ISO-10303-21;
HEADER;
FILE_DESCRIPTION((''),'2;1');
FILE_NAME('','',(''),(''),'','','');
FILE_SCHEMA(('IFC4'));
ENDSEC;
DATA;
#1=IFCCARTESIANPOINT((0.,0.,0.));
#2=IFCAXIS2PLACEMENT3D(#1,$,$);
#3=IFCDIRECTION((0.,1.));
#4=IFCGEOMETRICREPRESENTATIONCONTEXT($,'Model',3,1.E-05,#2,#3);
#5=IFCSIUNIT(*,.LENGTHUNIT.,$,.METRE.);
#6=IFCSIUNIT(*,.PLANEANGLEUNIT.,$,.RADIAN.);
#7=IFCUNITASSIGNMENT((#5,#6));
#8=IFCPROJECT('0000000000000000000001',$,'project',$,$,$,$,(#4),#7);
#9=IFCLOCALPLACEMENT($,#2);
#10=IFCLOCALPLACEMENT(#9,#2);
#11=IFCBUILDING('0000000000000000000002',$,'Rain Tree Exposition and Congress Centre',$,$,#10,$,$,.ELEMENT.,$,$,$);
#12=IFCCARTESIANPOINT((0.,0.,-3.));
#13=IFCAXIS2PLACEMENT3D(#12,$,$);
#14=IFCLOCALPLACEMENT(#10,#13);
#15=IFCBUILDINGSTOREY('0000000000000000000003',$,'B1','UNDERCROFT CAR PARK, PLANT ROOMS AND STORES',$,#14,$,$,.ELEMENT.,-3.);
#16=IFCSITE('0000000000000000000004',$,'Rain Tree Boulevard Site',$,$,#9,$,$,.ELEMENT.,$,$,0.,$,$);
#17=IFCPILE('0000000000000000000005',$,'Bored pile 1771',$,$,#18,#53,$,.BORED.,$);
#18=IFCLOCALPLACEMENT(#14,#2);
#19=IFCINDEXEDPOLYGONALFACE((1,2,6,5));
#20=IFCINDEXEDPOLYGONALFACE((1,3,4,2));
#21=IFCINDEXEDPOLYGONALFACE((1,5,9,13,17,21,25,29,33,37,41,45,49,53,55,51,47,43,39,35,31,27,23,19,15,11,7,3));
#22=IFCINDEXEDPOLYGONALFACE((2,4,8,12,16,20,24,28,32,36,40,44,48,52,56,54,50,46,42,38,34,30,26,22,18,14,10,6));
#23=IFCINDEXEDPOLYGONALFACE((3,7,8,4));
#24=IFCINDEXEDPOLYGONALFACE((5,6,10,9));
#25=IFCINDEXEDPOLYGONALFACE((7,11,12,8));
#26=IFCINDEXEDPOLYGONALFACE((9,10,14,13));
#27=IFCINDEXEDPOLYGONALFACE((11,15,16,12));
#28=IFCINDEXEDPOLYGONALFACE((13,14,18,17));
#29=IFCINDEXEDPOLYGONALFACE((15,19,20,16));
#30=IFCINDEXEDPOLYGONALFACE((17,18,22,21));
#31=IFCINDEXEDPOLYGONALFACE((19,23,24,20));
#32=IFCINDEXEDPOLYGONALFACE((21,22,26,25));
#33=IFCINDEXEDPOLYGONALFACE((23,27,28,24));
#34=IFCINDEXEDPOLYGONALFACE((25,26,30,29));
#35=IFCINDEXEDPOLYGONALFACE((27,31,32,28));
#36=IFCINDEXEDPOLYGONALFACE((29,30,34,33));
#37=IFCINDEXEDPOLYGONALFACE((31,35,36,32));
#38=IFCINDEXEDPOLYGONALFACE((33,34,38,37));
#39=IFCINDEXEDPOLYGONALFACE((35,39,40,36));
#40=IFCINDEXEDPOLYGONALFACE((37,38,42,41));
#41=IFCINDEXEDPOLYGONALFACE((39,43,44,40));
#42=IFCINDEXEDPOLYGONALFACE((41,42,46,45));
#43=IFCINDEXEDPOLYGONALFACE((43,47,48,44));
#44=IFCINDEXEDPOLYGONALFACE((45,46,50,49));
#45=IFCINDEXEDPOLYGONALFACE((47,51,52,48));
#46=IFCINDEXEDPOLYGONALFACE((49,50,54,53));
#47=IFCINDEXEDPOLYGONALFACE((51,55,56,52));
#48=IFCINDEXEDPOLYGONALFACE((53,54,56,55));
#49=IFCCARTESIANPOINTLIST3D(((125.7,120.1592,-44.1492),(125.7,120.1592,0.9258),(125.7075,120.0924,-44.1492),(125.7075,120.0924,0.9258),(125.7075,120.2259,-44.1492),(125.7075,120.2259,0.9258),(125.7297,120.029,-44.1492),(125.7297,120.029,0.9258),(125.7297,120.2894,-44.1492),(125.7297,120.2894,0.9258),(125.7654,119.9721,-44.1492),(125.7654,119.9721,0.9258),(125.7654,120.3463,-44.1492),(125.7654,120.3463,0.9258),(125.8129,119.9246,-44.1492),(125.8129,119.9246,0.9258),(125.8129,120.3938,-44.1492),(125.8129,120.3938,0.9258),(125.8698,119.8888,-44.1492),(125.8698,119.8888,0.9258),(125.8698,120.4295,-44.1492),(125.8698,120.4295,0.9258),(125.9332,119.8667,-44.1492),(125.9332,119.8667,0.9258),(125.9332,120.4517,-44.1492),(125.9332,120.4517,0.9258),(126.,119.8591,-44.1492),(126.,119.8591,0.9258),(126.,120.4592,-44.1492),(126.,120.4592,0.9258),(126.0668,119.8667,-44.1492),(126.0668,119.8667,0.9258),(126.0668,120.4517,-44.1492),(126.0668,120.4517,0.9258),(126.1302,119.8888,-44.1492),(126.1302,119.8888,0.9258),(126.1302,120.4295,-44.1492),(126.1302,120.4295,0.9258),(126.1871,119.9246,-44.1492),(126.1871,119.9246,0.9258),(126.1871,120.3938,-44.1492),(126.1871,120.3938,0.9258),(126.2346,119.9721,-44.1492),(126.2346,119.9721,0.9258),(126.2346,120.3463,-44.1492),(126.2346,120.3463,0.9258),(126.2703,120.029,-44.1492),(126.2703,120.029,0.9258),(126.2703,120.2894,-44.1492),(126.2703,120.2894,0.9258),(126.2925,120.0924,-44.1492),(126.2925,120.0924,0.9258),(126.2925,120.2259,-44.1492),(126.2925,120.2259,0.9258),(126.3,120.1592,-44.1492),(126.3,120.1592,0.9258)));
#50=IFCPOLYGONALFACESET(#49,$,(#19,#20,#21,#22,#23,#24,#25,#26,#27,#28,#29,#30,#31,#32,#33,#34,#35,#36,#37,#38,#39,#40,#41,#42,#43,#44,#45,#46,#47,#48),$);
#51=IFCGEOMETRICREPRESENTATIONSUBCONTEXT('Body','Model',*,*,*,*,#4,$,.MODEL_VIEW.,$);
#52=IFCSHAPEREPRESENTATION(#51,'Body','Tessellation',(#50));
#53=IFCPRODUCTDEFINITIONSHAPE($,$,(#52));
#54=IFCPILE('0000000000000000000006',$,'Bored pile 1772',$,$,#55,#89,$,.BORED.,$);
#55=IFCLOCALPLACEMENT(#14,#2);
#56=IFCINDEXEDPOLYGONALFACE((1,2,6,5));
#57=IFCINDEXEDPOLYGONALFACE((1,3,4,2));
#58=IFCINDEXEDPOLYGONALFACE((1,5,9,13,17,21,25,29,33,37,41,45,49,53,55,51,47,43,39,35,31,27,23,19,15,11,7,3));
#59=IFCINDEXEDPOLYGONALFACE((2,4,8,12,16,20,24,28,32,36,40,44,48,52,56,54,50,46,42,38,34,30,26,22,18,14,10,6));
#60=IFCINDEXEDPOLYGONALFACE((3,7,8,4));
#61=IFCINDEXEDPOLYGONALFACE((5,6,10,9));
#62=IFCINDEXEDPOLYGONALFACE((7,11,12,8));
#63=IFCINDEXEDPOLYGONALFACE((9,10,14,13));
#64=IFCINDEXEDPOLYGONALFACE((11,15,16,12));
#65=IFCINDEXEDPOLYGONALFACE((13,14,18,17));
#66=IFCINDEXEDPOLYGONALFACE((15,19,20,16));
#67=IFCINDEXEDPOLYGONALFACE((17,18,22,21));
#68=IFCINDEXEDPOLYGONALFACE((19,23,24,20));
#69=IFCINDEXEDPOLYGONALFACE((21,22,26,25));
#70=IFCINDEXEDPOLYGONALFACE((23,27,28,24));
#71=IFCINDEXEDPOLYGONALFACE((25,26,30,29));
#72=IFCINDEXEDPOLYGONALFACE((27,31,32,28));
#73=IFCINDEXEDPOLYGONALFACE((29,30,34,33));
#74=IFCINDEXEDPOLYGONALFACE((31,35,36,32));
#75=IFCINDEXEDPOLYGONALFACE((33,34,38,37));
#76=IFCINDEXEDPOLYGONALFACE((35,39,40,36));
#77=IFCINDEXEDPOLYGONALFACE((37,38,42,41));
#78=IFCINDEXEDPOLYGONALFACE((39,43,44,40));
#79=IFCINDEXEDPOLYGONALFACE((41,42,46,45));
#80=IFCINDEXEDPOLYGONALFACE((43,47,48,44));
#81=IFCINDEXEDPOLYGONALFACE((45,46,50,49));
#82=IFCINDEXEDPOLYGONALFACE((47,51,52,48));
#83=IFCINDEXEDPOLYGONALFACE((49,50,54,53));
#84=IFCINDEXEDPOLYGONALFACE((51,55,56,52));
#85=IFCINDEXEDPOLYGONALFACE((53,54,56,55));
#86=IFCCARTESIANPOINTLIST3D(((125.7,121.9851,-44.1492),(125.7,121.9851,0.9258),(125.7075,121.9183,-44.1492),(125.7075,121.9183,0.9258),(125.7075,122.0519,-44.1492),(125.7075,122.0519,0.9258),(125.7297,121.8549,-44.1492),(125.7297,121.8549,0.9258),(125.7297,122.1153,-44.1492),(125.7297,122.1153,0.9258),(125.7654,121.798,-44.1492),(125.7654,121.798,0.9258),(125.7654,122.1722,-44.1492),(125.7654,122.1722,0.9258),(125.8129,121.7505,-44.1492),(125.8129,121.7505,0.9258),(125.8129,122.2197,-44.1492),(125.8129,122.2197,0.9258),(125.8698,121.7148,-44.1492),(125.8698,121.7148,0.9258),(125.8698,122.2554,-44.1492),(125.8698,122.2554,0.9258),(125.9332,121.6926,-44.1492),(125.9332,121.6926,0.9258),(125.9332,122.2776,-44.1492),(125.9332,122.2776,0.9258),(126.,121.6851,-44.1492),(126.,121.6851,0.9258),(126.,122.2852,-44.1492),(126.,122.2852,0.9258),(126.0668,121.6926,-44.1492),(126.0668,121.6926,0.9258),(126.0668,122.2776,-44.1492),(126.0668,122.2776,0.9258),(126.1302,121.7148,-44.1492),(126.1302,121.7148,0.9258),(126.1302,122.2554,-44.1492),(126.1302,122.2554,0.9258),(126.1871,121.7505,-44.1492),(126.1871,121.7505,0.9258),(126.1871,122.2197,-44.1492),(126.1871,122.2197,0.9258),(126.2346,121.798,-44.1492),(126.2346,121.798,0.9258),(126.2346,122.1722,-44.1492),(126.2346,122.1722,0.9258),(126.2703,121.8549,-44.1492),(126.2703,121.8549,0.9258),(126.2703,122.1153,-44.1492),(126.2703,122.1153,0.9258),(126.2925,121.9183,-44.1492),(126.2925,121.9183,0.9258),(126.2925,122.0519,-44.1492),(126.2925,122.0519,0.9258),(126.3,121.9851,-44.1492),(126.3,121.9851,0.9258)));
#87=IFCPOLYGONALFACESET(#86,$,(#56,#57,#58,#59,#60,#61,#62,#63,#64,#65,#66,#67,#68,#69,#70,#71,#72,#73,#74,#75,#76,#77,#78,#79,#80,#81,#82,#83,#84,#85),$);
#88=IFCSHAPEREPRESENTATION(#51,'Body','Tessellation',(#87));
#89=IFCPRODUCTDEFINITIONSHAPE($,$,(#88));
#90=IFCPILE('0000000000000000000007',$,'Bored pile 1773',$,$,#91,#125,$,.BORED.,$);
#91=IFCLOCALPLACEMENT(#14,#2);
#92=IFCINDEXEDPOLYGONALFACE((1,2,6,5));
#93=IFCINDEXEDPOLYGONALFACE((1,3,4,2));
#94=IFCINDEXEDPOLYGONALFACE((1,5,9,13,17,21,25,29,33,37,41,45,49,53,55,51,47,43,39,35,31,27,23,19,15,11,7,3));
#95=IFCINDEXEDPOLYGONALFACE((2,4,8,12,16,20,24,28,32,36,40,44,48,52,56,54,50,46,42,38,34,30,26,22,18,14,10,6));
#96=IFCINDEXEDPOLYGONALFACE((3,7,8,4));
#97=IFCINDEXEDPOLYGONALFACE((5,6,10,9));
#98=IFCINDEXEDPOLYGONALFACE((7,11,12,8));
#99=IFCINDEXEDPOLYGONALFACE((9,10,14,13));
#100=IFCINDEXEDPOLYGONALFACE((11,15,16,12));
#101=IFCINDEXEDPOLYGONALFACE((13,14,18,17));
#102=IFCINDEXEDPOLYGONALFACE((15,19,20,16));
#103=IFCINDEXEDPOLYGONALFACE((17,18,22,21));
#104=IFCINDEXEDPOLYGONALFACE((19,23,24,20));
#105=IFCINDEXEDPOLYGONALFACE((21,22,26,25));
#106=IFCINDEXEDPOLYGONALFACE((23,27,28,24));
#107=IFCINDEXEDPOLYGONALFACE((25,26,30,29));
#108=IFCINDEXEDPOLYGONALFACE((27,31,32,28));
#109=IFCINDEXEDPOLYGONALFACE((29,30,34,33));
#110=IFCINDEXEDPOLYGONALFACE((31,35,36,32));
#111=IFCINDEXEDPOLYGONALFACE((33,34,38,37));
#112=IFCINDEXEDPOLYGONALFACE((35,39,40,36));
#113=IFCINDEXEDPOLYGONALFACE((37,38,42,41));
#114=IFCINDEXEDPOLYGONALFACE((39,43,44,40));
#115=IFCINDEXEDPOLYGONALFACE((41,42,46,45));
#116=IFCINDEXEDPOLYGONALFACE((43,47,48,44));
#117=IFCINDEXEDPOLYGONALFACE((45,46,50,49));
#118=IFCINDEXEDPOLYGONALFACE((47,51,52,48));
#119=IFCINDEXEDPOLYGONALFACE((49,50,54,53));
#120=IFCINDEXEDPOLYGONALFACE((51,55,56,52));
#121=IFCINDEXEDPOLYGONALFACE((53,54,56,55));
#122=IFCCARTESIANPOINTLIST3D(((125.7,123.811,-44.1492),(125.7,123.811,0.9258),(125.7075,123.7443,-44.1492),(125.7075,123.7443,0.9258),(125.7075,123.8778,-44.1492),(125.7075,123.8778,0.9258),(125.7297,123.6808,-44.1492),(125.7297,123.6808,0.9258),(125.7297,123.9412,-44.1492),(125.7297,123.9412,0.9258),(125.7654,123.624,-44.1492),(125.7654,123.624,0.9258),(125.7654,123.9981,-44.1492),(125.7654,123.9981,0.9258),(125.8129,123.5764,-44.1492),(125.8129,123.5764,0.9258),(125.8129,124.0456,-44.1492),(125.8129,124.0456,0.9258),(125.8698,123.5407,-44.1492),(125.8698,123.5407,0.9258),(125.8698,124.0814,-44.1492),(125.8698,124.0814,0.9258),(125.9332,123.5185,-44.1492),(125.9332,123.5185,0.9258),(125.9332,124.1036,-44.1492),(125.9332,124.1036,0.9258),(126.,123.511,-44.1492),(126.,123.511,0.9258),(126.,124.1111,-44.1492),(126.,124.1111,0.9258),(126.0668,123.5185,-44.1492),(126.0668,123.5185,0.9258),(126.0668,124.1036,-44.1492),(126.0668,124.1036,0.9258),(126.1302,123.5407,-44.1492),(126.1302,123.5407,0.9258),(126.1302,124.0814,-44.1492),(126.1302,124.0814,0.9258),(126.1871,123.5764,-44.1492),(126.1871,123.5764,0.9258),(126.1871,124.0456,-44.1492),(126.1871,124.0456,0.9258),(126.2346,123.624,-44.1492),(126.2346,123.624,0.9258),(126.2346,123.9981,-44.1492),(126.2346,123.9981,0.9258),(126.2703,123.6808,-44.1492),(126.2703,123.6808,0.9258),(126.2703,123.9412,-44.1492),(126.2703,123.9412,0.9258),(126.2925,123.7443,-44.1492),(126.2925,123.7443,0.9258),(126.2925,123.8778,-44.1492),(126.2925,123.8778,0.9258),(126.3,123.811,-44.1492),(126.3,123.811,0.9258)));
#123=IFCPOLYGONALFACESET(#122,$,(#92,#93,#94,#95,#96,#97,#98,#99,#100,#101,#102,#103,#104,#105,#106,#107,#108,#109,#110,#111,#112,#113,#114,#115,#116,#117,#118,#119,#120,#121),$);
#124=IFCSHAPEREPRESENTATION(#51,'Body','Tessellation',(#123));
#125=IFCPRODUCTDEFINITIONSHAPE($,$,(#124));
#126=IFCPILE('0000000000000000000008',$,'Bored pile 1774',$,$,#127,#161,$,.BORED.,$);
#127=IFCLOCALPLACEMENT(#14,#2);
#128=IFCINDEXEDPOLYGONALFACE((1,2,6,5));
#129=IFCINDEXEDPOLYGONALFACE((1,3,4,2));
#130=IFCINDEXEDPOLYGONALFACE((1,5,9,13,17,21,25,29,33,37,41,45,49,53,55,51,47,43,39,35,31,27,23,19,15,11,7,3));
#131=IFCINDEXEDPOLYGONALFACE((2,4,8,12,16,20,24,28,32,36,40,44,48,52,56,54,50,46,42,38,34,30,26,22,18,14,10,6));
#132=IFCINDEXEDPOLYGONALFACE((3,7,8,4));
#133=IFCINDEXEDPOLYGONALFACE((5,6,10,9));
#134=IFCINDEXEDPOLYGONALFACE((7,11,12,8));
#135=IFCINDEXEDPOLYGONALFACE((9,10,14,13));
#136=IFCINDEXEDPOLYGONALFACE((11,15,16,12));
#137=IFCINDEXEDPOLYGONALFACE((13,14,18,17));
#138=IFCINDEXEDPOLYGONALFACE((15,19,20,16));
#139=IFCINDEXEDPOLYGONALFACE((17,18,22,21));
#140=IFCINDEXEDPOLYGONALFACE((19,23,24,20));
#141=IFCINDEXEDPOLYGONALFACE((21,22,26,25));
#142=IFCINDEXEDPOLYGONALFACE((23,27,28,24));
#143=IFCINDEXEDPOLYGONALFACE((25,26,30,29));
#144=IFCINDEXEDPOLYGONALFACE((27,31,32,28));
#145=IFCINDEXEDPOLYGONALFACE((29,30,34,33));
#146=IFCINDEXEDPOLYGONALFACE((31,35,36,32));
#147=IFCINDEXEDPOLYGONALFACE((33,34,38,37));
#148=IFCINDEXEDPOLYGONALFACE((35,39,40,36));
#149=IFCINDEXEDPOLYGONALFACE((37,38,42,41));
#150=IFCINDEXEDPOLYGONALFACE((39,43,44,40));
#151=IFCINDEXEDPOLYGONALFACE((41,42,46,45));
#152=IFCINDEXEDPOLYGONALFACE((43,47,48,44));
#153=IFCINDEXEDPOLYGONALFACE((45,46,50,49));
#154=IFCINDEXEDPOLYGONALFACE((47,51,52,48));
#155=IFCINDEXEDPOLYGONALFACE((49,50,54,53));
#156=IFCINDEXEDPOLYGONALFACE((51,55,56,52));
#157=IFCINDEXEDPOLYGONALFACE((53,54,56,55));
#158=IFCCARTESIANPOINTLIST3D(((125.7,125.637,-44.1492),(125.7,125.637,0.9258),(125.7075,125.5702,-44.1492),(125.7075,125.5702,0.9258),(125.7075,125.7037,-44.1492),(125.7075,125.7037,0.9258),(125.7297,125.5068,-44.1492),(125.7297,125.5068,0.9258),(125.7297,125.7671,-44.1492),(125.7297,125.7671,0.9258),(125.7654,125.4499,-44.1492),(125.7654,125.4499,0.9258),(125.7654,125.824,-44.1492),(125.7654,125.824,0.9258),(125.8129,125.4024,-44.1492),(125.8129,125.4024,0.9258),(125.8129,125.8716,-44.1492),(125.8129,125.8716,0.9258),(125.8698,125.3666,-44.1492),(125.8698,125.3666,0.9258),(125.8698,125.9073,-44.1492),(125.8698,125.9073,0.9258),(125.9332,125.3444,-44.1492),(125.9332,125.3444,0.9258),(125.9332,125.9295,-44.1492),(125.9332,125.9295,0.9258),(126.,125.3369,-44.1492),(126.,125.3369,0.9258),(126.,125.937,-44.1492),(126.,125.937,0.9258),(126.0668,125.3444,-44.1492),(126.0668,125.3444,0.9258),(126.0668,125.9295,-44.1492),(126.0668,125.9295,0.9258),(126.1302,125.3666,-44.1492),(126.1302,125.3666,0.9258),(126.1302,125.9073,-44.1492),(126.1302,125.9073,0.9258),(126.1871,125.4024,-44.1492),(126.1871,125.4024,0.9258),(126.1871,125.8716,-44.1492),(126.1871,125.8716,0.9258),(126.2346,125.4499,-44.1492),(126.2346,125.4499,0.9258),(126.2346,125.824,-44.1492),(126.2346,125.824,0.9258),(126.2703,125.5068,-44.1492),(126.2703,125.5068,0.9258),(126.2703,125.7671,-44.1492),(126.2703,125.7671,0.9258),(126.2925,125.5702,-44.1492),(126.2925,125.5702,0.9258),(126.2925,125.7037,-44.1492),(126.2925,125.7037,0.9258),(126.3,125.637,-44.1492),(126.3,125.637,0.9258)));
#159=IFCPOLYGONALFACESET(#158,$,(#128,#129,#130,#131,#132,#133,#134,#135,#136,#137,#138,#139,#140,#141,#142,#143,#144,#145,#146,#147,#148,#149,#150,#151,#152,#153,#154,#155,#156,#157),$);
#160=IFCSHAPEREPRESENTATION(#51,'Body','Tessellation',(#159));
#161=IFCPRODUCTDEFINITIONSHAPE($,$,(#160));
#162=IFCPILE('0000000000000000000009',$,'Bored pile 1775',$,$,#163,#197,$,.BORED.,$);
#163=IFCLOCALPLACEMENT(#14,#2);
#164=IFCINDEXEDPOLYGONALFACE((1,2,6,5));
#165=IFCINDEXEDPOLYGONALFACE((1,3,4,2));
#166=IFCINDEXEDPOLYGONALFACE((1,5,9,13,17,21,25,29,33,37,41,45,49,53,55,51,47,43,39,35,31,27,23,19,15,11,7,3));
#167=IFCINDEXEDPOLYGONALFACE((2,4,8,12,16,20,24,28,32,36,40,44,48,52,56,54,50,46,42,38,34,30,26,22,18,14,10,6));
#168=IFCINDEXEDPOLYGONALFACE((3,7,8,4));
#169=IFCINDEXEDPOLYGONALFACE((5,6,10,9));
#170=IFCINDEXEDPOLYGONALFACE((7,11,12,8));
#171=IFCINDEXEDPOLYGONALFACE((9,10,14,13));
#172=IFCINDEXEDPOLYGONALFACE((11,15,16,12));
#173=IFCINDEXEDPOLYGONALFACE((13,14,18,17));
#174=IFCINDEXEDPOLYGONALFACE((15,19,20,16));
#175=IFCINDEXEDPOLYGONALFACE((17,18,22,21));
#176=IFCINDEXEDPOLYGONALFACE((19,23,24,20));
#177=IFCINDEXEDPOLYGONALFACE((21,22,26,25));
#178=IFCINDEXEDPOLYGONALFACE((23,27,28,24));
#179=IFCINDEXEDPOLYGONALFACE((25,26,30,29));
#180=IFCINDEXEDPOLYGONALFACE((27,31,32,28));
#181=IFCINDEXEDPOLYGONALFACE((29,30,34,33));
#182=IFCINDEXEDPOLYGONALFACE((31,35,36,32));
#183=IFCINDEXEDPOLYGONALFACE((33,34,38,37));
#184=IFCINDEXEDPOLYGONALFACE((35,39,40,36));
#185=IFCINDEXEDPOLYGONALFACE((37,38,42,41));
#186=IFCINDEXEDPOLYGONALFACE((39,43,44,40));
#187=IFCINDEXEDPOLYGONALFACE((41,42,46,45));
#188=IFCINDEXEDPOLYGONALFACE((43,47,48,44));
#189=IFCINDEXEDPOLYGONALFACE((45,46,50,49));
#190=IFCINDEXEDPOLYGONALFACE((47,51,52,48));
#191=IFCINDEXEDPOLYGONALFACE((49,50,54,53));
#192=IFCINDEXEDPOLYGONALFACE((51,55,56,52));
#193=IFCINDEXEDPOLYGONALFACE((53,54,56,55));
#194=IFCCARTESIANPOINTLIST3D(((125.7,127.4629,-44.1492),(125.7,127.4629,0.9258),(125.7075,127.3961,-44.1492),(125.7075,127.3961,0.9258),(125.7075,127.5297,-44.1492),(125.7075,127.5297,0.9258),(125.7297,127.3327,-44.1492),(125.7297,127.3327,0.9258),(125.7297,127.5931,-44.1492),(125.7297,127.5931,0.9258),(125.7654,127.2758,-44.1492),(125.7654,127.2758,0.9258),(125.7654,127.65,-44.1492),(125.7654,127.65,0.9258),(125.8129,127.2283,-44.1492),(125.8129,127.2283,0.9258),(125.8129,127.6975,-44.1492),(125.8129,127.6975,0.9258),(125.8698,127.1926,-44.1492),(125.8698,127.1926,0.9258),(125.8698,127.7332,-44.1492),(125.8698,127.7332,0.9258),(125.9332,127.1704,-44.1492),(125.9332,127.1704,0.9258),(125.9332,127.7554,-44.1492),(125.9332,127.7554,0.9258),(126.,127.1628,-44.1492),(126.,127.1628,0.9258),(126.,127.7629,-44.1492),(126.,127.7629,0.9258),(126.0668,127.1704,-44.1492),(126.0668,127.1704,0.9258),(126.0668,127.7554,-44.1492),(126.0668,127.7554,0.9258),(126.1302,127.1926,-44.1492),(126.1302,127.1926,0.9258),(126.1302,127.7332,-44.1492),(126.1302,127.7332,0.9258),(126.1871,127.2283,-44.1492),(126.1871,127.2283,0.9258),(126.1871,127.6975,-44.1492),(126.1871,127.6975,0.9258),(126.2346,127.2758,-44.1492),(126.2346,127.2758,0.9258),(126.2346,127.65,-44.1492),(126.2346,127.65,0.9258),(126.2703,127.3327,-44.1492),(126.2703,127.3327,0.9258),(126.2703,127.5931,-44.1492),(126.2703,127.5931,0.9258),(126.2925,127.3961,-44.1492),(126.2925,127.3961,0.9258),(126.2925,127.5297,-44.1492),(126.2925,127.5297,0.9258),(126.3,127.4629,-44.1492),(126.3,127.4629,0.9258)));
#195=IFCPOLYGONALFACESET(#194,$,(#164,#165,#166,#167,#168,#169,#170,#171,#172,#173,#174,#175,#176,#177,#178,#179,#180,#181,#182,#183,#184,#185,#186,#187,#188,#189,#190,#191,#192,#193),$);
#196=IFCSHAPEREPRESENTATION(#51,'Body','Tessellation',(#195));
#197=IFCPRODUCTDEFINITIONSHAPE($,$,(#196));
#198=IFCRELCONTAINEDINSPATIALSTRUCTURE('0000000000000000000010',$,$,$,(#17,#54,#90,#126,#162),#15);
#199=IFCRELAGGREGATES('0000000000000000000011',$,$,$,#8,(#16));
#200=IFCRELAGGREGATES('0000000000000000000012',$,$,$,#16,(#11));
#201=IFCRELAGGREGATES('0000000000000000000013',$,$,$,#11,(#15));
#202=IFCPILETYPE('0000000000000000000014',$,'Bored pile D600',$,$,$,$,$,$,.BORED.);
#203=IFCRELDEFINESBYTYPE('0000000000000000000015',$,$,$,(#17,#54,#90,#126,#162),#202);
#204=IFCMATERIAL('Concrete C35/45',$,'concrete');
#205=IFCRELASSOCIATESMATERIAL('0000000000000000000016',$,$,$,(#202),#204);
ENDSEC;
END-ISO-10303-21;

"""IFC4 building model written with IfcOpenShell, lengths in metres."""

from ifc_helpers import new_model, si_unit, direction, frame, origin, origin_2d, place, context, subcontext, project, spatial, circle, extrude, material, material_profile, profile_set, type_object, element, save


model = new_model("IFC4")

# Units and contexts
model_context = context("Model", 3, precision=1e-05, world=origin(), true_north=direction((0.0, 1.0)))
body_context = subcontext(model_context, "Body", "Model", "MODEL_VIEW")
ifc_project = project(units=[si_unit("LENGTHUNIT", "METRE"), si_unit("PLANEANGLEUNIT", "RADIAN")], contexts=[model_context])

# Site, building, storey
site_placement = place(None, origin())
site = spatial("IfcSite", under=ifc_project, at=site_placement, Name="Rain Tree Boulevard Site", CompositionType="ELEMENT", RefElevation=0.0)
building_placement = place(site_placement, origin())
building = spatial("IfcBuilding", under=site, at=building_placement, Name="Rain Tree Exposition and Congress Centre", CompositionType="ELEMENT")
storey_placement = place(building_placement, frame((0.0, 0.0, -3.0)))
storey = spatial("IfcBuildingStorey", under=building, at=storey_placement, Name="B1", Description="UNDERCROFT CAR PARK, PLANT ROOMS AND STORES", CompositionType="ELEMENT", Elevation=-3.0)

# Piles
ifc_material_1 = material(Name="Concrete C35/45", Category="concrete")
ifc_material_profile_1 = material_profile(ifc_material_1, circle(Radius=0.3, at=origin_2d()), Name="D600")
ifc_profile_set_1 = profile_set([ifc_material_profile_1], Name="Concrete C35/45")
pile_type_1 = type_object("IfcPileType", Name="Bored pile D600", PredefinedType="BORED", material=ifc_profile_set_1)
for number, where, z_axis, x_axis, name in (
    (1, (126.0, 120.1592, 0.9258), (0.0, 0.0, -1.0), (1.0, 0.0, 0.0), "Bored pile 1771"),
    (2, (126.0, 121.9851, 0.9258), (0.0, 0.0, -1.0), (1.0, 0.0, 0.0), "Bored pile 1772"),
    (3, (126.0, 123.811, 0.9258), (0.0, 0.0, -1.0), (1.0, 0.0, 0.0), "Bored pile 1773"),
    (4, (126.0, 125.637, 0.9258), (0.0, 0.0, -1.0), (1.0, 0.0, 0.0), "Bored pile 1774"),
    (5, (126.0, 127.4629, 0.9258), (0.0, 0.0, -1.0), (1.0, 0.0, 0.0), "Bored pile 1775"),
):
    element("IfcPile", number, at=place(storey_placement, frame(where, z_axis=z_axis, x_axis=x_axis)), inside=storey, type_object=pile_type_1, Name=name, PredefinedType="BORED", context=body_context, shape_type="SweptSolid", body=[
        extrude(circle(Radius=0.3, at=origin_2d()), origin(), (0.0, 0.0, 1.0), 45.075),
    ])

save(model, "model.ifc")
